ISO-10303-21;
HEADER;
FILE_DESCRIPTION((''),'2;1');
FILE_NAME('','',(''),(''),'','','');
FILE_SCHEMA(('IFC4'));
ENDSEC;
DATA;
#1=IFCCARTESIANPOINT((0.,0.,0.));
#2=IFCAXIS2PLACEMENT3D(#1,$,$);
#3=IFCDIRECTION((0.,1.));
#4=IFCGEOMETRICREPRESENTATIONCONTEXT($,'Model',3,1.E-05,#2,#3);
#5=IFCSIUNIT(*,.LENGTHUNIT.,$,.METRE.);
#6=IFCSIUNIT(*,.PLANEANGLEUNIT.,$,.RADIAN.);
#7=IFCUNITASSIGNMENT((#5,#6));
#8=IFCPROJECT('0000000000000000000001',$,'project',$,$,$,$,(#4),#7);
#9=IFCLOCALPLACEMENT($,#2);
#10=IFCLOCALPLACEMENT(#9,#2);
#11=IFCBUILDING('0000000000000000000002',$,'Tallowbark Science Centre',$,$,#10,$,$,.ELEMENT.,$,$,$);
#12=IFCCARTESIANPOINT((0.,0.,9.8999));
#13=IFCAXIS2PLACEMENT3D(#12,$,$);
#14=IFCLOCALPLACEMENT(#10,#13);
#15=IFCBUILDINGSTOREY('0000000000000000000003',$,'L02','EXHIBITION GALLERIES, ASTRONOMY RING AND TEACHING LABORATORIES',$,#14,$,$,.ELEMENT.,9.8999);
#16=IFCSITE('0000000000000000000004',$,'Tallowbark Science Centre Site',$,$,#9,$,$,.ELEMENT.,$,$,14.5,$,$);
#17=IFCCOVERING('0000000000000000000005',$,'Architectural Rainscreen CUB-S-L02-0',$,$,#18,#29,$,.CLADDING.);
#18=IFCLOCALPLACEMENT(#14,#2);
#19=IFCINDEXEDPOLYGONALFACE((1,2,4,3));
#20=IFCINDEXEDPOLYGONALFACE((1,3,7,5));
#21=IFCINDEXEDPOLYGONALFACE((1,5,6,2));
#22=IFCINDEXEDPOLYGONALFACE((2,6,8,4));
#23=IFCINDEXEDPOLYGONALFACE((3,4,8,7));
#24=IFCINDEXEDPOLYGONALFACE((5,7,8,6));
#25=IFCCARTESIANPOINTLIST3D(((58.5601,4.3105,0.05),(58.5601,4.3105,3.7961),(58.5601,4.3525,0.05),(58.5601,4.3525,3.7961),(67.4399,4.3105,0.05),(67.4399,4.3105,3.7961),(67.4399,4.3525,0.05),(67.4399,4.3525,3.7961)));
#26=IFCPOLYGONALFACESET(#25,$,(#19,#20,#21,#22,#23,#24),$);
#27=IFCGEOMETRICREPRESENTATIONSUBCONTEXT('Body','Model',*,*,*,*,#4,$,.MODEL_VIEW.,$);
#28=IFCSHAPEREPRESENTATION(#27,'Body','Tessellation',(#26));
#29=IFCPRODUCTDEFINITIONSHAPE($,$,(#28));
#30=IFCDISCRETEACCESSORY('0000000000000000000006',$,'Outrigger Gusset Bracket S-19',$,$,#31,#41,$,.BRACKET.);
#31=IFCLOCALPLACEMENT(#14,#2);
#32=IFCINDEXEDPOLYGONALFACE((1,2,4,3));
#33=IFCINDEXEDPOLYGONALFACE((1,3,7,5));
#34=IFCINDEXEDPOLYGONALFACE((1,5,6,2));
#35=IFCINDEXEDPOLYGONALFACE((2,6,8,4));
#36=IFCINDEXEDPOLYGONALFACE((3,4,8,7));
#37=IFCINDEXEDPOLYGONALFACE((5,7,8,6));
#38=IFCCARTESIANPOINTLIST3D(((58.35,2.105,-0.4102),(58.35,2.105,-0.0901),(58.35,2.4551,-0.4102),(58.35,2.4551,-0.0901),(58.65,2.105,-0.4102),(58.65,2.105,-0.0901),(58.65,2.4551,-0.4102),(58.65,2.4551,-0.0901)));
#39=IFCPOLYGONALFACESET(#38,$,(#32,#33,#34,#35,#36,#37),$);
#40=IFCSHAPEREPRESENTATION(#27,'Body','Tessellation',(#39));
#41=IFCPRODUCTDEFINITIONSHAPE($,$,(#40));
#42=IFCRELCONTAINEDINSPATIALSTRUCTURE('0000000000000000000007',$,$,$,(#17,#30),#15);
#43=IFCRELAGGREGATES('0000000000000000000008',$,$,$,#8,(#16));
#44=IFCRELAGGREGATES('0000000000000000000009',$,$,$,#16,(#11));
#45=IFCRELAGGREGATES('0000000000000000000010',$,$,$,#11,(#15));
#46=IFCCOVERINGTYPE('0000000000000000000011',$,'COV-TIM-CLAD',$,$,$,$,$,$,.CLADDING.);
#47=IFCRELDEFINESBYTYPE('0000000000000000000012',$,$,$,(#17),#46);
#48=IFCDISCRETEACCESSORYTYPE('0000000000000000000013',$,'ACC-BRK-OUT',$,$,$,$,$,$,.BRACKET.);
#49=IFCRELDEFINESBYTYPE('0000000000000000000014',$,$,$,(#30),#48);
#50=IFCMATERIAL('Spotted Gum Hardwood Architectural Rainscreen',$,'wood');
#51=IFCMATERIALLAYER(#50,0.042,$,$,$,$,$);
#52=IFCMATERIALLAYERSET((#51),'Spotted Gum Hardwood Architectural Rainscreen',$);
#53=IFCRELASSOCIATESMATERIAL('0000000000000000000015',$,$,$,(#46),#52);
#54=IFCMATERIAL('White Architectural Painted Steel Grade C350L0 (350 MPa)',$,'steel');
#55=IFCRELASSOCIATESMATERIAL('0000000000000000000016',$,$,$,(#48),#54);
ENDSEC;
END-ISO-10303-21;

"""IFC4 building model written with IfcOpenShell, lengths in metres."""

from ifc_helpers import new_model, si_unit, direction, frame, origin, origin_2d, place, context, subcontext, project, spatial, rectangle, extrude, material, layer, layer_set, type_object, element, save


model = new_model("IFC4")

# Units and contexts
model_context = context("Model", 3, precision=1e-05, world=origin(), true_north=direction((0.0, 1.0)))
body_context = subcontext(model_context, "Body", "Model", "MODEL_VIEW")
ifc_project = project(units=[si_unit("LENGTHUNIT", "METRE"), si_unit("PLANEANGLEUNIT", "RADIAN")], contexts=[model_context])

# Site, building, storey
site_placement = place(None, origin())
site = spatial("IfcSite", under=ifc_project, at=site_placement, Name="Tallowbark Science Centre Site", CompositionType="ELEMENT", RefElevation=14.5)
building_placement = place(site_placement, origin())
building = spatial("IfcBuilding", under=site, at=building_placement, Name="Tallowbark Science Centre", CompositionType="ELEMENT")
storey_placement = place(building_placement, frame((0.0, 0.0, 9.8999)))
storey = spatial("IfcBuildingStorey", under=building, at=storey_placement, Name="L02", Description="EXHIBITION GALLERIES, ASTRONOMY RING AND TEACHING LABORATORIES", CompositionType="ELEMENT", Elevation=9.8999)

# Shared definitions
ifc_material_1 = material(Name="White Architectural Painted Steel Grade C350L0 (350 MPa)", Category="steel")

# Covering
ifc_material_2 = material(Name="Spotted Gum Hardwood Architectural Rainscreen", Category="wood")
ifc_layer_1 = layer(ifc_material_2, 0.042)
ifc_layer_set_1 = layer_set([ifc_layer_1], Name="Spotted Gum Hardwood Architectural Rainscreen")
covering_type = type_object("IfcCoveringType", Name="COV-TIM-CLAD", PredefinedType="CLADDING", material=ifc_layer_set_1)
covering_placement = place(storey_placement, frame((63.0, 4.3315, 0.05), z_axis=(0.0, 0.0, 1.0), x_axis=(1.0, 0.0, 0.0)))
element("IfcCovering", 1, at=covering_placement, inside=storey, type_object=covering_type, Name="Architectural Rainscreen CUB-S-L02-0", PredefinedType="CLADDING", context=body_context, shape_type="SweptSolid", body=[
    extrude(rectangle(XDim=8.8799, YDim=0.042, at=origin_2d()), origin(), (0.0, 0.0, 1.0), 3.7461),
])

# Discrete accessory
discrete_accessory_type = type_object("IfcDiscreteAccessoryType", Name="ACC-BRK-OUT", PredefinedType="BRACKET", material=ifc_material_1)
discrete_accessory_placement = place(storey_placement, frame((58.5, 2.28, -0.4102), z_axis=(0.0, 0.0, 1.0), x_axis=(1.0, 0.0, 0.0)))
element("IfcDiscreteAccessory", 2, at=discrete_accessory_placement, inside=storey, type_object=discrete_accessory_type, Name="Outrigger Gusset Bracket S-19", PredefinedType="BRACKET", context=body_context, shape_type="SweptSolid", body=[
    extrude(rectangle(XDim=0.3, YDim=0.3501, at=origin_2d()), origin(), (0.0, 0.0, 1.0), 0.3201),
])

save(model, "model.ifc")
